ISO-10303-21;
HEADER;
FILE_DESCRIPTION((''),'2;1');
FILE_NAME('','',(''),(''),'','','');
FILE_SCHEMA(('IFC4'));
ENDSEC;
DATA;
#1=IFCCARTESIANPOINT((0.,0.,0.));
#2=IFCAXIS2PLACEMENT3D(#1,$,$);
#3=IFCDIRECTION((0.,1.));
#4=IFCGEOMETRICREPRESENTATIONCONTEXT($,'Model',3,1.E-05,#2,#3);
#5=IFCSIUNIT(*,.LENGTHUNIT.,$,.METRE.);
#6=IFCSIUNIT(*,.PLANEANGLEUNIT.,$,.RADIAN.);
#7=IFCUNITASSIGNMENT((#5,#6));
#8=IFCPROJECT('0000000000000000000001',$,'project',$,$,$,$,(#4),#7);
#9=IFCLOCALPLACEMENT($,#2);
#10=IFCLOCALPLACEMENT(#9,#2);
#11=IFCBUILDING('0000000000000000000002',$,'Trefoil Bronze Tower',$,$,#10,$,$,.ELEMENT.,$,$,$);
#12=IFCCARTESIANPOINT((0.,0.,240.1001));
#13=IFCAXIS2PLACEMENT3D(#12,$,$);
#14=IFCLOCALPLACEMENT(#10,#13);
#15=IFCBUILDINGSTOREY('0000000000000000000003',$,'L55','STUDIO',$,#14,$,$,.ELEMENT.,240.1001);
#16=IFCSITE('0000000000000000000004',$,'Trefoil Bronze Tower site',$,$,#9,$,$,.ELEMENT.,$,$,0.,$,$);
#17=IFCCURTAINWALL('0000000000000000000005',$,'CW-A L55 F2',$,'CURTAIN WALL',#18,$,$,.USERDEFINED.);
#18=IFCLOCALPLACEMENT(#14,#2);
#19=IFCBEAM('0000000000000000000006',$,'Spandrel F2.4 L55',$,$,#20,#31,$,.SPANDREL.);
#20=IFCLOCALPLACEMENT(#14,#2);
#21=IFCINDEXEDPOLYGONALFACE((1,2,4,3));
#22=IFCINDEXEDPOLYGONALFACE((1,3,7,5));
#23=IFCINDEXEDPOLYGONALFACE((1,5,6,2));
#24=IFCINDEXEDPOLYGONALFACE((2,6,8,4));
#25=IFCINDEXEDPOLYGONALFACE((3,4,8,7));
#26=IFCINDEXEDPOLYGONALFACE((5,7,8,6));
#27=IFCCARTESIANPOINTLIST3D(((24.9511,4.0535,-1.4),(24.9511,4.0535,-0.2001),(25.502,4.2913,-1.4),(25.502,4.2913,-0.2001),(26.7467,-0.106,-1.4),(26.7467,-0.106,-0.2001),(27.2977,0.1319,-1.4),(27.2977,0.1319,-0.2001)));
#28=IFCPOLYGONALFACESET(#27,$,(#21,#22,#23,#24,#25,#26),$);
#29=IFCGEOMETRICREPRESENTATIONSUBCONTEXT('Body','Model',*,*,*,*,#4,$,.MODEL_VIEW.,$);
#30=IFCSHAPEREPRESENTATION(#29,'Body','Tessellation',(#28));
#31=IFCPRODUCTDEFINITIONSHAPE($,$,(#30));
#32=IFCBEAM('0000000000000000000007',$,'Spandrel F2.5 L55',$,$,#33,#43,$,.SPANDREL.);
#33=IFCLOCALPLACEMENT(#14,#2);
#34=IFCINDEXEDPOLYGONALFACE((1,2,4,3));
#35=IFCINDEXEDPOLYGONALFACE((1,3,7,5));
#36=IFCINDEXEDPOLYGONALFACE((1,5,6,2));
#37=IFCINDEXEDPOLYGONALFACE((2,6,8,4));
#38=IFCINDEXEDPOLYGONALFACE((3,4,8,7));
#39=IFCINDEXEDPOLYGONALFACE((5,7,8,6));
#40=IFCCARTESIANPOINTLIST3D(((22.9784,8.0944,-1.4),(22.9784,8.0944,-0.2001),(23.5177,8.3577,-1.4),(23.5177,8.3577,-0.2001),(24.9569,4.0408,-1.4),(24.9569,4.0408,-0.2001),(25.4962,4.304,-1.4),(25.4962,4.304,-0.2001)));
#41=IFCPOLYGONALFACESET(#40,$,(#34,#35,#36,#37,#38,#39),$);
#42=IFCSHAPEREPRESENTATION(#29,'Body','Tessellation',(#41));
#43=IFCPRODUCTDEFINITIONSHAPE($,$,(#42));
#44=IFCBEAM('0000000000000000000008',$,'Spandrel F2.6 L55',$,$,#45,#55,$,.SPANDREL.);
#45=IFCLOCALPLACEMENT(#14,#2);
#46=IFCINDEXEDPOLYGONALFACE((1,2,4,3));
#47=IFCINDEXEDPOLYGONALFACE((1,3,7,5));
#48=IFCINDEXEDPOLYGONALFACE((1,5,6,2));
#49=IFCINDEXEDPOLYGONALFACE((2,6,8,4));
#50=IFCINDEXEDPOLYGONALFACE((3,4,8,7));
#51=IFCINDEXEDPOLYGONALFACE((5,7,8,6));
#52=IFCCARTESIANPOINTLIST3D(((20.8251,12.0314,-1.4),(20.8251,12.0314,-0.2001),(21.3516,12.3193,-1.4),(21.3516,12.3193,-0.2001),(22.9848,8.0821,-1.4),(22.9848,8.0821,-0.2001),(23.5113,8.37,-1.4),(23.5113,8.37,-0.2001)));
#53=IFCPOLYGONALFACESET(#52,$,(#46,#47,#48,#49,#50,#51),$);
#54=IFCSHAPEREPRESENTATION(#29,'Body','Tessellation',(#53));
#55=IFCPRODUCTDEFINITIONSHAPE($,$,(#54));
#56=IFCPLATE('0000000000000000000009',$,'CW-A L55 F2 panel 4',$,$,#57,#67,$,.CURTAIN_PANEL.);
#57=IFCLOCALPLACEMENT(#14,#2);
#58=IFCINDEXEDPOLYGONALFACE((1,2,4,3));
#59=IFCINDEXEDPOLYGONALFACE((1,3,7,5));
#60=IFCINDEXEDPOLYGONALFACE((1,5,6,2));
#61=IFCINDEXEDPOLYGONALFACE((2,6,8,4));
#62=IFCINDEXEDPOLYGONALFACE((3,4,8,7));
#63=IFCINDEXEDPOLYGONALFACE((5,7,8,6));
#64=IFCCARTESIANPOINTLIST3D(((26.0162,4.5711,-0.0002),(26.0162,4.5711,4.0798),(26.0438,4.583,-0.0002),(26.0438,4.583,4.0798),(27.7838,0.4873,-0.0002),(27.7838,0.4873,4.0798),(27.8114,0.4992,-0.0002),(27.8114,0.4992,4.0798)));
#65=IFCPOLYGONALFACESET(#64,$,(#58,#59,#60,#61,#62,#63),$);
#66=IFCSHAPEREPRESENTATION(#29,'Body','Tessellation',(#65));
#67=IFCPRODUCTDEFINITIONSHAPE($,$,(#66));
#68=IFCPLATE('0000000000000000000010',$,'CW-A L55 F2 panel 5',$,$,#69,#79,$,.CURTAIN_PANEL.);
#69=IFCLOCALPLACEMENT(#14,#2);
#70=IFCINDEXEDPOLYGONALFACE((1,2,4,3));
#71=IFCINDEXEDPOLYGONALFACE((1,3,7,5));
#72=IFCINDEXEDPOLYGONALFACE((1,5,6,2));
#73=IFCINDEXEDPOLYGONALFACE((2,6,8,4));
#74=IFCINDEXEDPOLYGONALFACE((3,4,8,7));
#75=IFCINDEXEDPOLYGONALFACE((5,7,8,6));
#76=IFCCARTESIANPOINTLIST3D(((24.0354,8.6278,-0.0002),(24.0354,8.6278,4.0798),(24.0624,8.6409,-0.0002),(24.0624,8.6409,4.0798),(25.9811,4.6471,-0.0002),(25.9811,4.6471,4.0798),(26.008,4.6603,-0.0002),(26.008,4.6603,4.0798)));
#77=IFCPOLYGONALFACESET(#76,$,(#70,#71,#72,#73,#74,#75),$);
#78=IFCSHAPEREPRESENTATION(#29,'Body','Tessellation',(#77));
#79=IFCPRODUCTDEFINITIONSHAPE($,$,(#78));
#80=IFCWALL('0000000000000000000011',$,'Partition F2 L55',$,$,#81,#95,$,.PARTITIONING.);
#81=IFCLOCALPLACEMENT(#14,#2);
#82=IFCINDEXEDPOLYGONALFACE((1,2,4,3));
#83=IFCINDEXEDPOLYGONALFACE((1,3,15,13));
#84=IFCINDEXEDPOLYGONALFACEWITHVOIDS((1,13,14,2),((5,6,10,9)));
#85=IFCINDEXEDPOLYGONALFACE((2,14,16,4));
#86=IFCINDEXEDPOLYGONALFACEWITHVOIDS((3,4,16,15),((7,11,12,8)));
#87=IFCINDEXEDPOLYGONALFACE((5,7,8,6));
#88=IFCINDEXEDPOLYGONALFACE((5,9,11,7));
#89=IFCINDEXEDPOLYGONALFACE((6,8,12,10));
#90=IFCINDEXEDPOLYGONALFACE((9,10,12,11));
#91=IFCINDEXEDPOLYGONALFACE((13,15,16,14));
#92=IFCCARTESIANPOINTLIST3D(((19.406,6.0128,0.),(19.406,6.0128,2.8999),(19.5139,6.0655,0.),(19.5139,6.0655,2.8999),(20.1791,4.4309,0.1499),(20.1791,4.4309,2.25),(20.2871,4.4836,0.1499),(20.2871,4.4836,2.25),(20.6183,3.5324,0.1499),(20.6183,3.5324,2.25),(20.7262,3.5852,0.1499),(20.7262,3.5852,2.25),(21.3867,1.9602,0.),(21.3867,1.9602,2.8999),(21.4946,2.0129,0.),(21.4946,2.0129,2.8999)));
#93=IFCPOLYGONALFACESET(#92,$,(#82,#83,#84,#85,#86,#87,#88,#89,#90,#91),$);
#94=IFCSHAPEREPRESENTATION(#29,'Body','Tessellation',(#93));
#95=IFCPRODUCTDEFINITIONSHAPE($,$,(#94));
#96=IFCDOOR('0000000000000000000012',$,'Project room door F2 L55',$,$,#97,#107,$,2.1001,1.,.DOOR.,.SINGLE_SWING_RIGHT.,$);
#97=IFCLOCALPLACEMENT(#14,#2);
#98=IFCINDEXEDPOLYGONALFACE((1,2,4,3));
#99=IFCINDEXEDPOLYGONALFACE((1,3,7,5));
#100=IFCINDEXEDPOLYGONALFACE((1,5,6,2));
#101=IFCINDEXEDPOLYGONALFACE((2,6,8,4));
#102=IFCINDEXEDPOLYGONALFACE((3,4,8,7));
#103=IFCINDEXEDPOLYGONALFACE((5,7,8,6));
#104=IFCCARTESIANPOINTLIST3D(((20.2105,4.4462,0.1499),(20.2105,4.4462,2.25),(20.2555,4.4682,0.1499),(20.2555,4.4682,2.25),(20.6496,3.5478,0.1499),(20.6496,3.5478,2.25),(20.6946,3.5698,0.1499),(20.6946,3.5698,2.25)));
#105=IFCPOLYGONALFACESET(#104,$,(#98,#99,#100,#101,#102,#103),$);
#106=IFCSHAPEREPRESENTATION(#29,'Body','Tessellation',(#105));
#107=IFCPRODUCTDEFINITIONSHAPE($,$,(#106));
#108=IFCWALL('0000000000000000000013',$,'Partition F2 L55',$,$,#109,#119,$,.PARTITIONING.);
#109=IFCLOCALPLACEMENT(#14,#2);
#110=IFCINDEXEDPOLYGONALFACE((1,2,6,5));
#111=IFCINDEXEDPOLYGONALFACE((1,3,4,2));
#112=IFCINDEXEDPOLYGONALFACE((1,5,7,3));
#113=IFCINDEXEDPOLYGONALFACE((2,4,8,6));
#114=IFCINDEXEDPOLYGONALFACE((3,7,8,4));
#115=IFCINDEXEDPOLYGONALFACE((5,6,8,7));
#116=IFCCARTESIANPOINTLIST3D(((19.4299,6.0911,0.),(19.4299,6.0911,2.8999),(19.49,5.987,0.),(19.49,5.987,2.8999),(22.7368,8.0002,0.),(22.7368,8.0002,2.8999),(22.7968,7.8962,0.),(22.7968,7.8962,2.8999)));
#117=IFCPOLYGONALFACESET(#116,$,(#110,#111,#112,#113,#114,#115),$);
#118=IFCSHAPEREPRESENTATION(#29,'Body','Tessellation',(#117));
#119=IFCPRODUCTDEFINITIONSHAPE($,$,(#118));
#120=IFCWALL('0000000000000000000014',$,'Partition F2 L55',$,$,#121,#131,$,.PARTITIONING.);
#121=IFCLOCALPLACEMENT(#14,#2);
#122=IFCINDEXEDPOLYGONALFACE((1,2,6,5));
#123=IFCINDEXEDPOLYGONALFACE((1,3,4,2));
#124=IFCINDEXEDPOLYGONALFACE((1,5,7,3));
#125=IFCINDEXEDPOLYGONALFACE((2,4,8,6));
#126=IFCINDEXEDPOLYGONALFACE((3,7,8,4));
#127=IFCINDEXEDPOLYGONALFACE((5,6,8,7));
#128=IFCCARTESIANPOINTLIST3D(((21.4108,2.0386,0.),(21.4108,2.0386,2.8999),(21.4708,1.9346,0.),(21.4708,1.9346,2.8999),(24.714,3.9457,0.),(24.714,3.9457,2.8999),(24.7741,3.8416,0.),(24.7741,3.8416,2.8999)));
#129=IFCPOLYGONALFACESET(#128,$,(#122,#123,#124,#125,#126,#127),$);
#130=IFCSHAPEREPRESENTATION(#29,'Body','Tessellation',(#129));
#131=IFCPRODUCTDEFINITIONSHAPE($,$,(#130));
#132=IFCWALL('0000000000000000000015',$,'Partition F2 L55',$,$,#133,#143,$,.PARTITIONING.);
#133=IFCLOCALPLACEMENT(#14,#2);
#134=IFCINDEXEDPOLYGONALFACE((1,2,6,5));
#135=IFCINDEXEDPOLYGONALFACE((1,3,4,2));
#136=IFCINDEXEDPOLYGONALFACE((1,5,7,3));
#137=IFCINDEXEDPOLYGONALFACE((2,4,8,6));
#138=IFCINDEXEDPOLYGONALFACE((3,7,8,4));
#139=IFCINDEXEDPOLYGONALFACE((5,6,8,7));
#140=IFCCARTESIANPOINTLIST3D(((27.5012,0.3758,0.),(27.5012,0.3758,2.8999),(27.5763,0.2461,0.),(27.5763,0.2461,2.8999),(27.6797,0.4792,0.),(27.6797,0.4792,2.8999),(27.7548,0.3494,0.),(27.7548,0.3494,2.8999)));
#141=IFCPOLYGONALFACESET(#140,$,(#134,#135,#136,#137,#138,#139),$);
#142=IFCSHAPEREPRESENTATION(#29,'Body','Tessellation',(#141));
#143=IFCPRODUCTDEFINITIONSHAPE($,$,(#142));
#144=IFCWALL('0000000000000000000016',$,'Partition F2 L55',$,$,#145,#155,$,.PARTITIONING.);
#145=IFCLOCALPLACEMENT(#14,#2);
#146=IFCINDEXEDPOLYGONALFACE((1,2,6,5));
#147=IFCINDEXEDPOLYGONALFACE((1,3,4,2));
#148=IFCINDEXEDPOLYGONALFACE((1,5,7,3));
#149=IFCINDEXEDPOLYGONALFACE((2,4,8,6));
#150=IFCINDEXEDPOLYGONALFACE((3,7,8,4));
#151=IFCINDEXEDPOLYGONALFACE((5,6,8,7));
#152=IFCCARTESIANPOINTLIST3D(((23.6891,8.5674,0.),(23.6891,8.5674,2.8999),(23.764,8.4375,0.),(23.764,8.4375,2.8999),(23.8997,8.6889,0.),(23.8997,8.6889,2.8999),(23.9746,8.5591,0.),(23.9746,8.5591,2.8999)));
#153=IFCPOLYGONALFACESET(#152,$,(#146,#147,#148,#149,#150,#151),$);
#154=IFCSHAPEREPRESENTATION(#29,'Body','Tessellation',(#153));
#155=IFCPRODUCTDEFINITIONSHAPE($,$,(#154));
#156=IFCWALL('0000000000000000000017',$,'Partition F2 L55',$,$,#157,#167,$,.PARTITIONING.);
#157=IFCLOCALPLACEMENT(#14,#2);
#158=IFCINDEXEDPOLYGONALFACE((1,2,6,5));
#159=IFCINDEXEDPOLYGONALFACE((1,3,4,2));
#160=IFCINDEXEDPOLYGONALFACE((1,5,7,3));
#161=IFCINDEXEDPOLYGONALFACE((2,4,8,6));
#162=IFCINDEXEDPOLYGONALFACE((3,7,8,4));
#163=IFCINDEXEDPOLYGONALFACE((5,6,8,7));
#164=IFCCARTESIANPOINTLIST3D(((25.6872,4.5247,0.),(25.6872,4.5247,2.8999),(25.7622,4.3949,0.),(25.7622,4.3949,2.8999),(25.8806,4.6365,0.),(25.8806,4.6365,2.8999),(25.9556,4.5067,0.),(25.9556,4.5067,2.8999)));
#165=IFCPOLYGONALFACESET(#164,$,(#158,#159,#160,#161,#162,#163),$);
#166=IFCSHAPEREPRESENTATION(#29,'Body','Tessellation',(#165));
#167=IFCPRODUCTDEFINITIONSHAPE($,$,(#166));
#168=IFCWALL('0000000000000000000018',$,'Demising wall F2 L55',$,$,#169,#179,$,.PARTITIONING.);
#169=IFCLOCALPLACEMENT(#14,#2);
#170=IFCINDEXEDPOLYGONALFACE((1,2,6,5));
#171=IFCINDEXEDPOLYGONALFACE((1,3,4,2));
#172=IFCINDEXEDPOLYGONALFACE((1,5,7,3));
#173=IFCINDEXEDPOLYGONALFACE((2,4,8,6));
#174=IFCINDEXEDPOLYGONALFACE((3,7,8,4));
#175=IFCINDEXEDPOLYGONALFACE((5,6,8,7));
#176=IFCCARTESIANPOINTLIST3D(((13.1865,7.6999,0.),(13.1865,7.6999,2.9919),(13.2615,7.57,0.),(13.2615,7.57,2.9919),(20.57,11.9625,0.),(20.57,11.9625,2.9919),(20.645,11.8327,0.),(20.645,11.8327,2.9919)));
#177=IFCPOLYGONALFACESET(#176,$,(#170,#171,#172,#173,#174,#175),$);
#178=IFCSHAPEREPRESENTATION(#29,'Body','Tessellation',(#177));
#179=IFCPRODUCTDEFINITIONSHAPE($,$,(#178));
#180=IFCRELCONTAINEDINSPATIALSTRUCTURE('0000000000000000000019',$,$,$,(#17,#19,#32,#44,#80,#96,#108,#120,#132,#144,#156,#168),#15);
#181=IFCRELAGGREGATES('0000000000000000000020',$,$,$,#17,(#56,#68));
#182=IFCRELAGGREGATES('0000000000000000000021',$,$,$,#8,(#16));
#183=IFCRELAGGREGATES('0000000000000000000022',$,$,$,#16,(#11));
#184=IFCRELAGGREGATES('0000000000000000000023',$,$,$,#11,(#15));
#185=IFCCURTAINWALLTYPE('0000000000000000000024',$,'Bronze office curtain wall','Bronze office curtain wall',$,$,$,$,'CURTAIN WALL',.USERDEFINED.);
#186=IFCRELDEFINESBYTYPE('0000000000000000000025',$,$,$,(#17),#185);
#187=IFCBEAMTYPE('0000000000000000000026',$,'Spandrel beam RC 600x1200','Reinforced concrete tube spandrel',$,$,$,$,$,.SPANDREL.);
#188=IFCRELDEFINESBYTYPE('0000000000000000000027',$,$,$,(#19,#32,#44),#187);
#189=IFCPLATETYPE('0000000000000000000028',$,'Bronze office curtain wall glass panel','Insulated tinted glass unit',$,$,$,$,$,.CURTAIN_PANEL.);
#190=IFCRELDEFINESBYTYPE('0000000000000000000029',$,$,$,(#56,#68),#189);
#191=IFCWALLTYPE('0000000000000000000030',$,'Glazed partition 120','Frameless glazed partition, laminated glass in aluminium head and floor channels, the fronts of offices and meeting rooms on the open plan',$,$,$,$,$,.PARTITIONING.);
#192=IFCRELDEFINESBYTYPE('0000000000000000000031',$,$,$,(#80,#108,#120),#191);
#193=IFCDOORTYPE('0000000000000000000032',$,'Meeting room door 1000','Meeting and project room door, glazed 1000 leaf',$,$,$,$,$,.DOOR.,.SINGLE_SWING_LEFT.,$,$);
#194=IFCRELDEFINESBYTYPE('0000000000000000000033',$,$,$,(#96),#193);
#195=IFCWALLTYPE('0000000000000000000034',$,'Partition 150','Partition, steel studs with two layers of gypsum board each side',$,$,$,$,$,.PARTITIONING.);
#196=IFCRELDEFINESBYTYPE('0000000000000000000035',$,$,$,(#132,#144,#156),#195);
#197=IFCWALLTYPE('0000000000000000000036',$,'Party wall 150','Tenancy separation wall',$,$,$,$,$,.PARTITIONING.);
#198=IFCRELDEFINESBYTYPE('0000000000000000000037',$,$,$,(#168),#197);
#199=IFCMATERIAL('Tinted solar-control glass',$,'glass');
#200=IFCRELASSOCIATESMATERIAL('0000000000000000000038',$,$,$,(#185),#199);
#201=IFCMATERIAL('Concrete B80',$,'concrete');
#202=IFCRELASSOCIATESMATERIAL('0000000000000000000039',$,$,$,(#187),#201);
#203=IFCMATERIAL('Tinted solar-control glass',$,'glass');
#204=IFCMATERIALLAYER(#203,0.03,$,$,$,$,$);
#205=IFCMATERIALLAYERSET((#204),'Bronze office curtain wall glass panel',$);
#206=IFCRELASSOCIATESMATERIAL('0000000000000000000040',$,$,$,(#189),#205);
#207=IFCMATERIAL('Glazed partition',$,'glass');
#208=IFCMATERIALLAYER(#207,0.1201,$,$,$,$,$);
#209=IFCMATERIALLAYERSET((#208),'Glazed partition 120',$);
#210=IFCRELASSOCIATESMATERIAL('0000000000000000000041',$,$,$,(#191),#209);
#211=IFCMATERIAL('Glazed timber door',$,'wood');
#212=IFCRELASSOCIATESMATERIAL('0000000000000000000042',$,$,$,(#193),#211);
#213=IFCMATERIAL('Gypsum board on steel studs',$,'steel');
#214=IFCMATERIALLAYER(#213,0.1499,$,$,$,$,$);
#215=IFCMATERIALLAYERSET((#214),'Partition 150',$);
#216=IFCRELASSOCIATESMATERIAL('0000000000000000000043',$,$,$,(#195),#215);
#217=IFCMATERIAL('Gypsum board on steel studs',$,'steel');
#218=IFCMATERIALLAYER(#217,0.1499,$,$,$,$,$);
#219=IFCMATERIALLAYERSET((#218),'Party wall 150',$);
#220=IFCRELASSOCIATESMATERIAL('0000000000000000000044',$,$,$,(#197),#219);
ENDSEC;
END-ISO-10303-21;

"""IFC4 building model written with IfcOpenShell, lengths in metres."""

from ifc_helpers import new_model, si_unit, direction, frame, frame_2d, origin, origin_2d, place, context, subcontext, project, spatial, rectangle, extrude, material, layer, layer_set, material_profile, profile_set, type_object, element, fill, aggregate, save


model = new_model("IFC4")

# Units and contexts
model_context = context("Model", 3, precision=1e-05, world=origin(), true_north=direction((0.0, 1.0)))
body_context = subcontext(model_context, "Body", "Model", "MODEL_VIEW")
ifc_project = project(units=[si_unit("LENGTHUNIT", "METRE"), si_unit("PLANEANGLEUNIT", "RADIAN")], contexts=[model_context])

# Site, building, storey
site_placement = place(None, origin())
site = spatial("IfcSite", under=ifc_project, at=site_placement, Name="Trefoil Bronze Tower site", CompositionType="ELEMENT", RefElevation=0.0)
building_placement = place(site_placement, origin())
building = spatial("IfcBuilding", under=site, at=building_placement, Name="Trefoil Bronze Tower", CompositionType="ELEMENT")
storey_placement = place(building_placement, frame((0.0, 0.0, 240.1001)))
storey = spatial("IfcBuildingStorey", under=building, at=storey_placement, Name="L55", Description="STUDIO", CompositionType="ELEMENT", Elevation=240.1001)

# Curtain wall
ifc_material_1 = material(Name="Tinted solar-control glass", Category="glass")
curtain_wall_type = type_object("IfcCurtainWallType", Name="Bronze office curtain wall", Description="Bronze office curtain wall", ElementType="CURTAIN WALL", PredefinedType="USERDEFINED", material=ifc_material_1)
curtain_wall_placement = place(storey_placement, origin())
curtain_wall = element("IfcCurtainWall", 1, at=curtain_wall_placement, inside=storey, type_object=curtain_wall_type, Name="CW-A L55 F2", ObjectType="CURTAIN WALL", PredefinedType="USERDEFINED")

# Beams
ifc_material_2 = material(Name="Concrete B80", Category="concrete")
ifc_material_profile_1 = material_profile(ifc_material_2, rectangle(XDim=0.6001, YDim=1.2, at=origin_2d()), Name="RC 600x1200")
ifc_profile_set_1 = profile_set([ifc_material_profile_1], Name="Concrete B80")
beam_type_1 = type_object("IfcBeamType", Name="Spandrel beam RC 600x1200", Description="Reinforced concrete tube spandrel", PredefinedType="SPANDREL", material=ifc_profile_set_1)
beam_1_placement = place(storey_placement, frame((27.0222, 0.0129, -0.8), z_axis=(-0.39635, 0.918099, 0.0), x_axis=(-0.918099, -0.39635, 0.0)))
element("IfcBeam", 2, at=beam_1_placement, inside=storey, type_object=beam_type_1, Name="Spandrel F2.4 L55", PredefinedType="SPANDREL", context=body_context, shape_type="SweptSolid", body=[
    extrude(rectangle(XDim=0.6001, YDim=1.2, at=origin_2d()), origin(), (0.0, 0.0, 1.0), 4.5305),
])
beam_2_placement = place(storey_placement, frame((25.2266, 4.1724, -0.8), z_axis=(-0.43862, 0.898673, 0.0), x_axis=(-0.898673, -0.43862, 0.0)))
element("IfcBeam", 3, at=beam_2_placement, inside=storey, type_object=beam_type_1, Name="Spandrel F2.5 L55", PredefinedType="SPANDREL", context=body_context, shape_type="SweptSolid", body=[
    extrude(rectangle(XDim=0.6001, YDim=1.2, at=origin_2d()), origin(), (0.0, 0.0, 1.0), 4.5107),
])
beam_3_placement = place(storey_placement, frame((23.248, 8.2261, -0.8), z_axis=(-0.479802, 0.877377, 0.0), x_axis=(-0.877377, -0.479802, 0.0)))
element("IfcBeam", 4, at=beam_3_placement, inside=storey, type_object=beam_type_1, Name="Spandrel F2.6 L55", PredefinedType="SPANDREL", context=body_context, shape_type="SweptSolid", body=[
    extrude(rectangle(XDim=0.6001, YDim=1.2, at=origin_2d()), origin(), (0.0, 0.0, 1.0), 4.5012),
])

# Plates
ifc_material_3 = material(Name="Tinted solar-control glass", Category="glass")
ifc_layer_1 = layer(ifc_material_3, 0.03)
ifc_layer_set_1 = layer_set([ifc_layer_1], Name="Bronze office curtain wall glass panel")
plate_type = type_object("IfcPlateType", Name="Bronze office curtain wall glass panel", Description="Insulated tinted glass unit", PredefinedType="CURTAIN_PANEL", material=ifc_layer_set_1)
plate_1_placement = place(storey_placement, frame((26.9138, 2.5352, -0.0002), z_axis=(0.0, 0.0, 1.0), x_axis=(-0.39722, 0.917723, 0.0)))
plate_1 = element("IfcPlate", 5, at=plate_1_placement, type_object=plate_type, Name="CW-A L55 F2 panel 4", PredefinedType="CURTAIN_PANEL", context=body_context, shape_type="SweptSolid", body=[
    extrude(rectangle(XDim=4.45, YDim=0.03, at=origin_2d()), origin(), (0.0, 0.0, 1.0), 4.0801),
])
plate_2_placement = place(storey_placement, frame((25.0217, 6.644, -0.0002), z_axis=(0.0, 0.0, 1.0), x_axis=(-0.439129, 0.898424, 0.0)))
plate_2 = element("IfcPlate", 6, at=plate_2_placement, type_object=plate_type, Name="CW-A L55 F2 panel 5", PredefinedType="CURTAIN_PANEL", context=body_context, shape_type="SweptSolid", body=[
    extrude(rectangle(XDim=4.4307, YDim=0.03, at=origin_2d()), origin(), (0.0, 0.0, 1.0), 4.0801),
])
aggregate(curtain_wall, [plate_1, plate_2])

# Wall, opening, door
ifc_material_4 = material(Name="Glazed partition", Category="glass")
ifc_layer_2 = layer(ifc_material_4, 0.1201)
ifc_layer_set_2 = layer_set([ifc_layer_2], Name="Glazed partition 120")
wall_type_1 = type_object("IfcWallType", Name="Glazed partition 120", Description="Frameless glazed partition, laminated glass in aluminium head and floor channels, the fronts of offices and meeting rooms on the open plan", PredefinedType="PARTITIONING", material=ifc_layer_set_2)
wall_1_placement = place(storey_placement, frame((21.4407, 1.9866, 0.0), z_axis=(0.0, 0.0, 1.0), x_axis=(-0.43912, 0.898428, 0.0)))
wall_1 = element("IfcWall", 7, at=wall_1_placement, inside=storey, type_object=wall_type_1, Name="Partition F2 L55", PredefinedType="PARTITIONING", context=body_context, shape_type="SweptSolid", body=[
    extrude(rectangle(XDim=4.5107, YDim=0.1201, at=frame_2d((2.2554, 0.0))), origin(), (0.0, 0.0, 1.0), 2.8999),
])
opening_1_placement = place(wall_1_placement, frame((1.75, 0.0, 0.1499)))
opening_1 = element("IfcOpeningElement", 8, at=opening_1_placement, cuts=wall_1, PredefinedType="OPENING", context=body_context, shape_type="SweptSolid", body=[
    extrude(rectangle(XDim=1.0, YDim=2.1001, at=frame_2d((0.5, 1.05))), frame((0.0, 0.0701, 0.0), z_axis=(0.0, -1.0, 0.0), x_axis=(1.0, 0.0, 0.0)), (0.0, 0.0, 1.0), 0.1401),
])
ifc_material_5 = material(Name="Glazed timber door", Category="wood")
door_type_1 = type_object("IfcDoorType", Name="Meeting room door 1000", Description="Meeting and project room door, glazed 1000 leaf", OperationType="SINGLE_SWING_LEFT", PredefinedType="DOOR", material=ifc_material_5)
door_1_placement = place(opening_1_placement, frame((1.0, 0.0, 0.0), z_axis=(0.0, 0.0, 1.0), x_axis=(-1.0, 0.0, 0.0)))
door_1 = element("IfcDoor", 9, at=door_1_placement, inside=storey, type_object=door_type_1, Name="Project room door F2 L55", OperationType="SINGLE_SWING_RIGHT", OverallHeight=2.1001, OverallWidth=1.0, PredefinedType="DOOR", context=body_context, shape_type="SweptSolid", body=[
    extrude(rectangle(XDim=1.0, YDim=2.1001, at=frame_2d((0.5, 1.05))), frame((0.0, 0.0249, 0.0), z_axis=(0.0, -1.0, 0.0), x_axis=(1.0, 0.0, 0.0)), (0.0, 0.0, 1.0), 0.05),
])
fill(opening_1, door_1)

# Walls
wall_2_placement = place(storey_placement, frame((19.46, 6.0391, 0.0), z_axis=(0.0, 0.0, 1.0), x_axis=(0.866031, 0.49999, 0.0)))
element("IfcWall", 10, at=wall_2_placement, inside=storey, type_object=wall_type_1, Name="Partition F2 L55", PredefinedType="PARTITIONING", context=body_context, shape_type="SweptSolid", body=[
    extrude(rectangle(XDim=3.8184, YDim=0.1201, at=frame_2d((1.9092, 0.0))), origin(), (0.0, 0.0, 1.0), 2.8999),
])
wall_3_placement = place(storey_placement, frame((21.4407, 1.9866, 0.0), z_axis=(0.0, 0.0, 1.0), x_axis=(0.866041, 0.499974, 0.0)))
element("IfcWall", 11, at=wall_3_placement, inside=storey, type_object=wall_type_1, Name="Partition F2 L55", PredefinedType="PARTITIONING", context=body_context, shape_type="SweptSolid", body=[
    extrude(rectangle(XDim=3.8142, YDim=0.1201, at=frame_2d((1.9072, 0.0))), origin(), (0.0, 0.0, 1.0), 2.8999),
])
ifc_material_6 = material(Name="Gypsum board on steel studs", Category="steel")
ifc_layer_3 = layer(ifc_material_6, 0.1499)
ifc_layer_set_3 = layer_set([ifc_layer_3], Name="Partition 150")
wall_type_2 = type_object("IfcWallType", Name="Partition 150", Description="Partition, steel studs with two layers of gypsum board each side", PredefinedType="PARTITIONING", material=ifc_layer_set_3)
wall_4_placement = place(storey_placement, frame((27.5388, 0.311, 0.0), z_axis=(0.0, 0.0, 1.0), x_axis=(0.865534, 0.50085, 0.0)))
element("IfcWall", 12, at=wall_4_placement, inside=storey, type_object=wall_type_2, Name="Partition F2 L55", PredefinedType="PARTITIONING", context=body_context, shape_type="SweptSolid", body=[
    extrude(rectangle(XDim=0.2063, YDim=0.1499, at=frame_2d((0.103, 0.0))), origin(), (0.0, 0.0, 1.0), 2.8999),
])
wall_5_placement = place(storey_placement, frame((23.7266, 8.5024, 0.0), z_axis=(0.0, 0.0, 1.0), x_axis=(0.866135, 0.499809, 0.0)))
element("IfcWall", 13, at=wall_5_placement, inside=storey, type_object=wall_type_2, Name="Partition F2 L55", PredefinedType="PARTITIONING", context=body_context, shape_type="SweptSolid", body=[
    extrude(rectangle(XDim=0.2432, YDim=0.1499, at=frame_2d((0.1216, 0.0))), origin(), (0.0, 0.0, 1.0), 2.8999),
])
wall_6_placement = place(storey_placement, frame((25.7246, 4.4597, 0.0), z_axis=(0.0, 0.0, 1.0), x_axis=(0.865676, 0.500605, 0.0)))
element("IfcWall", 14, at=wall_6_placement, inside=storey, type_object=wall_type_2, Name="Partition F2 L55", PredefinedType="PARTITIONING", context=body_context, shape_type="SweptSolid", body=[
    extrude(rectangle(XDim=0.2234, YDim=0.1499, at=frame_2d((0.1118, 0.0))), origin(), (0.0, 0.0, 1.0), 2.8999),
])
ifc_material_7 = material(Name="Gypsum board on steel studs", Category="steel")
ifc_layer_4 = layer(ifc_material_7, 0.1499)
ifc_layer_set_4 = layer_set([ifc_layer_4], Name="Party wall 150")
wall_type_3 = type_object("IfcWallType", Name="Party wall 150", Description="Tenancy separation wall", PredefinedType="PARTITIONING", material=ifc_layer_set_4)
wall_7_placement = place(storey_placement, frame((13.2241, 7.635, 0.0), z_axis=(0.0, 0.0, 1.0), x_axis=(0.866035, 0.499983, 0.0)))
element("IfcWall", 15, at=wall_7_placement, inside=storey, type_object=wall_type_3, Name="Demising wall F2 L55", PredefinedType="PARTITIONING", context=body_context, shape_type="SweptSolid", body=[
    extrude(rectangle(XDim=8.5256, YDim=0.1499, at=frame_2d((4.2627, 0.0))), origin(), (0.0, 0.0, 1.0), 2.9919),
])

save(model, "model.ifc")
